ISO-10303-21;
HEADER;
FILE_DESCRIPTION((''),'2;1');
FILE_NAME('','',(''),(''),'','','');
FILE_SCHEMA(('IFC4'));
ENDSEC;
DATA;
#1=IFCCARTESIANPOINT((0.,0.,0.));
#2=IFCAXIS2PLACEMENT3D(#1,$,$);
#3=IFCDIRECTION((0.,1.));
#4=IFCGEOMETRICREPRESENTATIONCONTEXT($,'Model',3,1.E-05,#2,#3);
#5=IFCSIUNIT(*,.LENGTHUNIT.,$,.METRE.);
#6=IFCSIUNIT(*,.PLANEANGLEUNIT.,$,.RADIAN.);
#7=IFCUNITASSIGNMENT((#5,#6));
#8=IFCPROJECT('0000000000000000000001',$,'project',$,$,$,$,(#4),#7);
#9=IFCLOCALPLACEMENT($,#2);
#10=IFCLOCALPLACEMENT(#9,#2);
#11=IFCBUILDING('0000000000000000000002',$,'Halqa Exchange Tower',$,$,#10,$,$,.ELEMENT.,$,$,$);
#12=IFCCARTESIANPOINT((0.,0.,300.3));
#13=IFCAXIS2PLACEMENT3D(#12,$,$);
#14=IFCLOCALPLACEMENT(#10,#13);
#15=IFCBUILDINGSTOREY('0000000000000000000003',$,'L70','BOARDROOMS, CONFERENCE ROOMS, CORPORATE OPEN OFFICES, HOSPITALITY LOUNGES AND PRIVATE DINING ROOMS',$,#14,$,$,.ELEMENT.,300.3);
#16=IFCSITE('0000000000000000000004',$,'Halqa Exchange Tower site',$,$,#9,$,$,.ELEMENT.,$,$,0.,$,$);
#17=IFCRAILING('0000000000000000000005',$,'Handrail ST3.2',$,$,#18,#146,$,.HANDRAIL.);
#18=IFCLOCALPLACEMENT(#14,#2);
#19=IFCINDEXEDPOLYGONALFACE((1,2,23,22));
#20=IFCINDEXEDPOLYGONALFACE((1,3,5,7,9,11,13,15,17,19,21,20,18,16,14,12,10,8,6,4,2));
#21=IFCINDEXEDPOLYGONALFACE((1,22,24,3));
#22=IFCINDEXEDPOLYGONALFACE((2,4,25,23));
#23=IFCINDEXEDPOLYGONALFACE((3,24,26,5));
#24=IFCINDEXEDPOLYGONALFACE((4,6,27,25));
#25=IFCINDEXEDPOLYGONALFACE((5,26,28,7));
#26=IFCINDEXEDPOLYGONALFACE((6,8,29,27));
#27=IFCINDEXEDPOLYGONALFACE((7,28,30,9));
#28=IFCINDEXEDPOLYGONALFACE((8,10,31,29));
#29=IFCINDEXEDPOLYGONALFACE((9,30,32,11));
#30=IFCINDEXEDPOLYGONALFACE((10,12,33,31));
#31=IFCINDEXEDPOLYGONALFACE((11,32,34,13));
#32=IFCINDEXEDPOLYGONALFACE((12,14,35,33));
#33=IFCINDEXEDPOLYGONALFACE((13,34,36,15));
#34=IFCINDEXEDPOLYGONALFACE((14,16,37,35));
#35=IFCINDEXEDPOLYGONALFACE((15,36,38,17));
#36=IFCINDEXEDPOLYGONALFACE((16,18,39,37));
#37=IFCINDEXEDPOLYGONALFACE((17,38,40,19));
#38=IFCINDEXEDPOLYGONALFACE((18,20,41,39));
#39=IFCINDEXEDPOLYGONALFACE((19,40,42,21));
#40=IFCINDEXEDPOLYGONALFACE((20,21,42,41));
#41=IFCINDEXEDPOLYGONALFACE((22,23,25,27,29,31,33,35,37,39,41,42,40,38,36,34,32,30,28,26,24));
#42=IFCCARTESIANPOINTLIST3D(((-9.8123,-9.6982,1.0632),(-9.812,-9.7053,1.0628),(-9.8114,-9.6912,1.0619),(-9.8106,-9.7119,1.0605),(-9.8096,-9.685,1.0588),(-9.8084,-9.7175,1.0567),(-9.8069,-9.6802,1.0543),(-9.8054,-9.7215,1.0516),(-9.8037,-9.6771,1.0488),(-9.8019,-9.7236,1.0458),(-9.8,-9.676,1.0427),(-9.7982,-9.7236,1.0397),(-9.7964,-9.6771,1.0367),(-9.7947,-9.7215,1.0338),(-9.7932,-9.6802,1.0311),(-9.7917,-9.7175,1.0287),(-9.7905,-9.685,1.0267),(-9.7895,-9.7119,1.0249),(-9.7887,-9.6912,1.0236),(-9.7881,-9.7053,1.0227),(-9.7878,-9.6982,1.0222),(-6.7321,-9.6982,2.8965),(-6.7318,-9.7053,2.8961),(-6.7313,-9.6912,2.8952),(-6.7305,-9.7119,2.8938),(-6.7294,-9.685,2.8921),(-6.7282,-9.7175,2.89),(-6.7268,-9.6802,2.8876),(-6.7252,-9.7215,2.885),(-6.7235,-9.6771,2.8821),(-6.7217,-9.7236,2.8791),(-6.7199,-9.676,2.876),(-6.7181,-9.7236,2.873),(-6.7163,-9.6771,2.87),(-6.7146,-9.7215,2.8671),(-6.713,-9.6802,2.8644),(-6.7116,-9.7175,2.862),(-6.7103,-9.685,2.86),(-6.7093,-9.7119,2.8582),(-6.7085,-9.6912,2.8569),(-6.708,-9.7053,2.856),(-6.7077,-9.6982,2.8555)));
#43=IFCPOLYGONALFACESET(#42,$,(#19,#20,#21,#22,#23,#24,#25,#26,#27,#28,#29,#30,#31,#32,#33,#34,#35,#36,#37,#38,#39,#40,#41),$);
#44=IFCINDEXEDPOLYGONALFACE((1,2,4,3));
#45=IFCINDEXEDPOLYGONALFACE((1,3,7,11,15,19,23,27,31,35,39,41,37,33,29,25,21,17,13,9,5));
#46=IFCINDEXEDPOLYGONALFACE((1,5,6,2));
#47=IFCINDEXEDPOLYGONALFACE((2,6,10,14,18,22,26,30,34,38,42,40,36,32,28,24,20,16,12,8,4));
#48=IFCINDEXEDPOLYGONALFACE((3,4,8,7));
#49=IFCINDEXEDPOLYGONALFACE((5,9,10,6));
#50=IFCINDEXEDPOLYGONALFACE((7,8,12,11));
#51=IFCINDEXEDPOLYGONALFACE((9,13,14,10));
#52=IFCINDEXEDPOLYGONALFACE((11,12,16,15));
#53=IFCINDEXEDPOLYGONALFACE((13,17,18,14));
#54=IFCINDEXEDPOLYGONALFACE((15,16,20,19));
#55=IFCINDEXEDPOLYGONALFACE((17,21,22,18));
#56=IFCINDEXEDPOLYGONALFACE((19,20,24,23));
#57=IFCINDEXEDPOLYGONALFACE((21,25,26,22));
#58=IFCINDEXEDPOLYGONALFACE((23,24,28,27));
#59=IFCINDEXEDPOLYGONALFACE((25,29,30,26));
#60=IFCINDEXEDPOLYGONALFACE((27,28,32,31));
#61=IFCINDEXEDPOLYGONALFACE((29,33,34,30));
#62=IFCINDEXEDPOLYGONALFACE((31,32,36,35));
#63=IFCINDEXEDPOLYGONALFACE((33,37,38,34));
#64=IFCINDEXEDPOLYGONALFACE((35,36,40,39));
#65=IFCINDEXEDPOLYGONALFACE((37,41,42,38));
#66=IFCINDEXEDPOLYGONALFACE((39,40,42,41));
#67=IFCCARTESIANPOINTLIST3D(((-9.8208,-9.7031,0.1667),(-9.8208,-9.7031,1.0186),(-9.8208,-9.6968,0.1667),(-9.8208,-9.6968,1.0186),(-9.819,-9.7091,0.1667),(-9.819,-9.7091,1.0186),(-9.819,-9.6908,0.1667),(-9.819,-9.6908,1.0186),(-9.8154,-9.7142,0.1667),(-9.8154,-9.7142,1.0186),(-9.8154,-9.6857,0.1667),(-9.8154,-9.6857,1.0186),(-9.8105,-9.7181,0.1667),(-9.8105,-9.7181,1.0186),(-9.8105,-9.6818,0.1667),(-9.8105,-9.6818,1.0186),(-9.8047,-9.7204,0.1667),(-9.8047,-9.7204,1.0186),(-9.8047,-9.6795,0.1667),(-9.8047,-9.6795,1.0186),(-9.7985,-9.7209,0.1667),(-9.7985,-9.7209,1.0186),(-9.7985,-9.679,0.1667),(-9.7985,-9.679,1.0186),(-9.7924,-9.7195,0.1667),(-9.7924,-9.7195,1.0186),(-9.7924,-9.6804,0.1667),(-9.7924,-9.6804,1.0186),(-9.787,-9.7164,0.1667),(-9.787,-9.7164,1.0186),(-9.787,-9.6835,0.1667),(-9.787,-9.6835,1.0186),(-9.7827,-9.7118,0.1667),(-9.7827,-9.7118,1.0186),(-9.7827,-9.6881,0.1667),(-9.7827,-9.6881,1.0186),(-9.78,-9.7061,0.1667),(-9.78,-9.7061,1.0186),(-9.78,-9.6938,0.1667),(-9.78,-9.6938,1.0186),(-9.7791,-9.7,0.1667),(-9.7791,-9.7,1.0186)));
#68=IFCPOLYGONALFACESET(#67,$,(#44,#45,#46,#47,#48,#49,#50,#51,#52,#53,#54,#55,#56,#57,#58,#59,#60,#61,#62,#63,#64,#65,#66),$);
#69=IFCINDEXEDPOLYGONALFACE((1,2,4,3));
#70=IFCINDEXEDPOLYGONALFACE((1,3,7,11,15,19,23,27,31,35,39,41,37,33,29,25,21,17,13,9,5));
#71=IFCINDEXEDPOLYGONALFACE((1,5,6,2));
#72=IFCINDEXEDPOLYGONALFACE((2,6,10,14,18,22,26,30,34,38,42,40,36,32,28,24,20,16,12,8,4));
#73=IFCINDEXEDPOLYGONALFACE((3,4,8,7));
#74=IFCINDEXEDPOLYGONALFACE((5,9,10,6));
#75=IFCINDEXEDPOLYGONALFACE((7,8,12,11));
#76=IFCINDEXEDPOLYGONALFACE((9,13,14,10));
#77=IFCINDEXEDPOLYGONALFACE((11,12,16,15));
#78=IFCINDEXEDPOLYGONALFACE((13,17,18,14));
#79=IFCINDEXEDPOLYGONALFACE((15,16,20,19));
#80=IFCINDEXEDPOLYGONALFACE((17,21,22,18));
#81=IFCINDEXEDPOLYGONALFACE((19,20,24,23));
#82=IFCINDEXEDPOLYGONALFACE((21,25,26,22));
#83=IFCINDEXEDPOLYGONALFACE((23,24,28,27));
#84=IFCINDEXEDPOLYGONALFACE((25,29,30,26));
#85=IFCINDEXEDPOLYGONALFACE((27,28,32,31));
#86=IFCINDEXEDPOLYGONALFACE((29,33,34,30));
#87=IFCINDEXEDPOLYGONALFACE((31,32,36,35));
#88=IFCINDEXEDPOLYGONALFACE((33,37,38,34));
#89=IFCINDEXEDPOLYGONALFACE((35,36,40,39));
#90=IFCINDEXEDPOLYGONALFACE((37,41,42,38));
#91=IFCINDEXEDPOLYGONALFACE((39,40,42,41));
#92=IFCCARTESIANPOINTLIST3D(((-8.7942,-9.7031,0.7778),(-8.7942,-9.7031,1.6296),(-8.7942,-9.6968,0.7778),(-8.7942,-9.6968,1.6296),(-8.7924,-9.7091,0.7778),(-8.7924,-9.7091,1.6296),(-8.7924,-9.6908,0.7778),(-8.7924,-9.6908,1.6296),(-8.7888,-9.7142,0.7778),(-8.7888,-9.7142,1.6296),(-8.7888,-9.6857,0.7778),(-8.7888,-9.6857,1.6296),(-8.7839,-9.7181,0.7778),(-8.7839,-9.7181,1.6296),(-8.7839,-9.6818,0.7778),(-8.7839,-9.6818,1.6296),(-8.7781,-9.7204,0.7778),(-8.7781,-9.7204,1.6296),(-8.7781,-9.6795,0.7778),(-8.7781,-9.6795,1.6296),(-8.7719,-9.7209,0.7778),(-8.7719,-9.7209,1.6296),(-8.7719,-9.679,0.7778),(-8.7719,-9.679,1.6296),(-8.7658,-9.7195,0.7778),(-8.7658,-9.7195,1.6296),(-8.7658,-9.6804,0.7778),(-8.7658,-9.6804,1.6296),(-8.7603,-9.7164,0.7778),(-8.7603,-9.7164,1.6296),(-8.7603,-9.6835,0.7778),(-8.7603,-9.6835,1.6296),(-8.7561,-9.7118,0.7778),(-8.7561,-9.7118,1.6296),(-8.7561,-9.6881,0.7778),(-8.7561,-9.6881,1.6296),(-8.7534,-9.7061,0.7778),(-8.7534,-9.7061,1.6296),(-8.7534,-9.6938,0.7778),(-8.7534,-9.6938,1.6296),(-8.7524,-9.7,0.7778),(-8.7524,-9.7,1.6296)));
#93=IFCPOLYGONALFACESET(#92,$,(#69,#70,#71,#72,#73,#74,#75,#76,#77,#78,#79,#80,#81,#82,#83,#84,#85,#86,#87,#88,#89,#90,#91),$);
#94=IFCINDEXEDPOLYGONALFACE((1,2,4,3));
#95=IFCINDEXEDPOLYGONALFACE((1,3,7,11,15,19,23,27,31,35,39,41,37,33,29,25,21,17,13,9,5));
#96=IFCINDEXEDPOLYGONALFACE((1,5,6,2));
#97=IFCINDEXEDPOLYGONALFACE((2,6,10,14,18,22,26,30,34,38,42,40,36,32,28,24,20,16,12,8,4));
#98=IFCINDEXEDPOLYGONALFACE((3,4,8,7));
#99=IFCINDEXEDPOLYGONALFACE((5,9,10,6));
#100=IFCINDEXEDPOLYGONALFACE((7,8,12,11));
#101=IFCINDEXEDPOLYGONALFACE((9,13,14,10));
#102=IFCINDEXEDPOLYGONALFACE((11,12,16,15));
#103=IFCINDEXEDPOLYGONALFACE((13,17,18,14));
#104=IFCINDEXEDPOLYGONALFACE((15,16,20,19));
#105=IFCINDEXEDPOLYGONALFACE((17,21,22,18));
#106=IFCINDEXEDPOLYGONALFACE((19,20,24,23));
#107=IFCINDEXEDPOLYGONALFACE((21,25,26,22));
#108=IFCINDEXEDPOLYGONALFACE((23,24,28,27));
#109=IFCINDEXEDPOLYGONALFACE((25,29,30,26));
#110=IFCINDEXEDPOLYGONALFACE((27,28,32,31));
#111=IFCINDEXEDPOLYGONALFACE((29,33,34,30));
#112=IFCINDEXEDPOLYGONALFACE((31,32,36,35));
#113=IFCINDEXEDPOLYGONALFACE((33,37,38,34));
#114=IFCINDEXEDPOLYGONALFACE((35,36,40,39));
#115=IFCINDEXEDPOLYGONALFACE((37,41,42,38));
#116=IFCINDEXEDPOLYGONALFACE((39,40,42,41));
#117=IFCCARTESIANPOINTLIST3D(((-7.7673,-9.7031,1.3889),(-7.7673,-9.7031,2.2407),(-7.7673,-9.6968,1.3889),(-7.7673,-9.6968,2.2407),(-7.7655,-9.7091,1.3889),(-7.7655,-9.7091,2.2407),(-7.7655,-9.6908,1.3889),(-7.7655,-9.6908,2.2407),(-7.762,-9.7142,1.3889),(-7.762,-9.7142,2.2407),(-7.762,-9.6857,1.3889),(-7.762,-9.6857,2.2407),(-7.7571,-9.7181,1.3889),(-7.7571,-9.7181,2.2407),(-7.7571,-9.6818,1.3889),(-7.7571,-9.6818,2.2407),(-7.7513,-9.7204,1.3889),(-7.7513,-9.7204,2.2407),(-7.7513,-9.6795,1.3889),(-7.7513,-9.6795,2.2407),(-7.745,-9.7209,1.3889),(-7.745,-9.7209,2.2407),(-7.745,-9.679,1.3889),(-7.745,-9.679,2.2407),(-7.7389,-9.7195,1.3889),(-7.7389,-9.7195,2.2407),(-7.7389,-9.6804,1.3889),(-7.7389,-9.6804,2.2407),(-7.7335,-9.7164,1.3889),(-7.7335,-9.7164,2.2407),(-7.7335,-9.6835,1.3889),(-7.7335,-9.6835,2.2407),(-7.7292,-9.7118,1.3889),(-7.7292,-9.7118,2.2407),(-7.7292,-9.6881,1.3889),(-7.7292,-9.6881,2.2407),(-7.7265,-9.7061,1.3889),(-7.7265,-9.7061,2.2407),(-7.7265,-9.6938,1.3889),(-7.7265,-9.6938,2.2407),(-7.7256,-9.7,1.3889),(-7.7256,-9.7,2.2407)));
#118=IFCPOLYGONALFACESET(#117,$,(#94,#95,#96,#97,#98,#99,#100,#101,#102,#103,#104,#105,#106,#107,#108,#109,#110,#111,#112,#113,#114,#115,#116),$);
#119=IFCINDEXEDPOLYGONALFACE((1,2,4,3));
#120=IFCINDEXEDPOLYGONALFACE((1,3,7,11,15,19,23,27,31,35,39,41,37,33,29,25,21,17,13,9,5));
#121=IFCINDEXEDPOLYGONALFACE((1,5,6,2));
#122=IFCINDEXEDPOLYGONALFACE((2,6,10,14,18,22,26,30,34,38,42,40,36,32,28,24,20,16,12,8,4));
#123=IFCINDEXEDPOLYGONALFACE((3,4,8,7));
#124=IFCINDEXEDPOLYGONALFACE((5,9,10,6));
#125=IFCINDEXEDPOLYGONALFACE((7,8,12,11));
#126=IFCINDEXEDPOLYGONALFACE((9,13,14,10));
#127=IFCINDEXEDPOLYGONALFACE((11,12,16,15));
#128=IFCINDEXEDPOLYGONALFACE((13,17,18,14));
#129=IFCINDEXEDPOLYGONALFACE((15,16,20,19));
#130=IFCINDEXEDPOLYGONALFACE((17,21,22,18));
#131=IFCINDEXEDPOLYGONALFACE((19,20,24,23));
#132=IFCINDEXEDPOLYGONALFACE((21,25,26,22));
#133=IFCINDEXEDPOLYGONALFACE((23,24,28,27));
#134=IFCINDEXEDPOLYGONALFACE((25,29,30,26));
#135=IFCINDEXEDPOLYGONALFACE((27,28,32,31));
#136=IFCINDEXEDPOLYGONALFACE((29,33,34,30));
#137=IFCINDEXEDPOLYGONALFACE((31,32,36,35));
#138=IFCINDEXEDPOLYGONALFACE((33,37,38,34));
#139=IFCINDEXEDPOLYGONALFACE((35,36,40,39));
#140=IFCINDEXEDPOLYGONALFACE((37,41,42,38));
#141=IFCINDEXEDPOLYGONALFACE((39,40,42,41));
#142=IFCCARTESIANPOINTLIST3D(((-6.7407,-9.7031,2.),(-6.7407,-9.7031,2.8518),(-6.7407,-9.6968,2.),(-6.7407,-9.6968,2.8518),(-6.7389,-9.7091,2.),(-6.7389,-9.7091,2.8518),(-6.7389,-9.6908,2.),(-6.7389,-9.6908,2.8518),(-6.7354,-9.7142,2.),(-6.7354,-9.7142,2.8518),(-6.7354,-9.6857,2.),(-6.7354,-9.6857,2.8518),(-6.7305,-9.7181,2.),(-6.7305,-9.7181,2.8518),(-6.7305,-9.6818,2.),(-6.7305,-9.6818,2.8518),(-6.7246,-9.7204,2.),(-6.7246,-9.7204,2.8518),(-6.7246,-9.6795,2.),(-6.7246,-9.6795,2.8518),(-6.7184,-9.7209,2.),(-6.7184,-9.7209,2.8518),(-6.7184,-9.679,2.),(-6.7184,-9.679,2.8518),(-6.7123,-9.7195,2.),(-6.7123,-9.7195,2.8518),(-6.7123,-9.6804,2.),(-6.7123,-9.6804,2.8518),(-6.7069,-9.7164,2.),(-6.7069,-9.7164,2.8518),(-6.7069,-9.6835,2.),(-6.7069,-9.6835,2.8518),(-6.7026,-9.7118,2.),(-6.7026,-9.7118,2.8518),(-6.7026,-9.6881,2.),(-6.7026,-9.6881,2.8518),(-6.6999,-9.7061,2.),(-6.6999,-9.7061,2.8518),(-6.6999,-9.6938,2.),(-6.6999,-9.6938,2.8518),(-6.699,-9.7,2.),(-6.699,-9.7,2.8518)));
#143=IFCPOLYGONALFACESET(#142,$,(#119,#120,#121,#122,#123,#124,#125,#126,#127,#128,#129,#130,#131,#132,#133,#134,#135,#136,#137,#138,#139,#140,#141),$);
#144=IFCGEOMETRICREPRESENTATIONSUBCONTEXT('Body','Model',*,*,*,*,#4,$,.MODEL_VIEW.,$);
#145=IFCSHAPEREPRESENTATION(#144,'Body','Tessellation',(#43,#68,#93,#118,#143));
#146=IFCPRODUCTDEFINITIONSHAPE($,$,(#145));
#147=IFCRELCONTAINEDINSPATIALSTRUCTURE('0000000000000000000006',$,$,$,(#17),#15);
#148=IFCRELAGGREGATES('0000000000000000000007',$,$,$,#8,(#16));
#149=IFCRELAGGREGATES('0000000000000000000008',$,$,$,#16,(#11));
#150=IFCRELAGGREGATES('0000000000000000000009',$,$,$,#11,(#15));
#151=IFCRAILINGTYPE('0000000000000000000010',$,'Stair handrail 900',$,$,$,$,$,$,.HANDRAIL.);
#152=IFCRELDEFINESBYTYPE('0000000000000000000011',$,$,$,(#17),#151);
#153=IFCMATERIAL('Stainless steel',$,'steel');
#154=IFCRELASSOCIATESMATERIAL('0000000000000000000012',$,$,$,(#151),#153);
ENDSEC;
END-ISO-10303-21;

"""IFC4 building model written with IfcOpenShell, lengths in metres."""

from ifc_helpers import new_model, si_unit, direction, frame, origin, origin_2d, place, context, subcontext, project, spatial, circle, extrude, material, type_object, element, save


model = new_model("IFC4")

# Units and contexts
model_context = context("Model", 3, precision=1e-05, world=origin(), true_north=direction((0.0, 1.0)))
body_context = subcontext(model_context, "Body", "Model", "MODEL_VIEW")
ifc_project = project(units=[si_unit("LENGTHUNIT", "METRE"), si_unit("PLANEANGLEUNIT", "RADIAN")], contexts=[model_context])

# Site, building, storey
site_placement = place(None, origin())
site = spatial("IfcSite", under=ifc_project, at=site_placement, Name="Halqa Exchange Tower site", CompositionType="ELEMENT", RefElevation=0.0)
building_placement = place(site_placement, origin())
building = spatial("IfcBuilding", under=site, at=building_placement, Name="Halqa Exchange Tower", CompositionType="ELEMENT")
storey_placement = place(building_placement, frame((0.0, 0.0, 300.3)))
storey = spatial("IfcBuildingStorey", under=building, at=storey_placement, Name="L70", Description="BOARDROOMS, CONFERENCE ROOMS, CORPORATE OPEN OFFICES, HOSPITALITY LOUNGES AND PRIVATE DINING ROOMS", CompositionType="ELEMENT", Elevation=300.3)

# Shared definitions
ifc_material_1 = material(Name="Stainless steel", Category="steel")

# Railing
railing_type_1 = type_object("IfcRailingType", Name="Stair handrail 900", PredefinedType="HANDRAIL", material=ifc_material_1)
railing_1_placement = place(storey_placement, frame((-9.8, -9.7, 0.1667)))
element("IfcRailing", 1, at=railing_1_placement, inside=storey, type_object=railing_type_1, Name="Handrail ST3.2", PredefinedType="HANDRAIL", context=body_context, shape_type="SweptSolid", body=[
    extrude(circle(Radius=0.0239, at=origin_2d()), frame((0.0, 0.0, 0.876), z_axis=(0.859309, 0.0, 0.511458), x_axis=(0.0, 1.0, 0.0)), (0.0, 0.0, 1.0), 3.5845),
    extrude(circle(Radius=0.021, at=origin_2d()), origin(), (0.0, 0.0, 1.0), 0.8518),
    extrude(circle(Radius=0.021, at=origin_2d()), frame((1.0266, 0.0, 0.6111)), (0.0, 0.0, 1.0), 0.8518),
    extrude(circle(Radius=0.021, at=origin_2d()), frame((2.0535, 0.0, 1.2222)), (0.0, 0.0, 1.0), 0.8518),
    extrude(circle(Radius=0.021, at=origin_2d()), frame((3.0801, 0.0, 1.8333)), (0.0, 0.0, 1.0), 0.8518),
])

save(model, "model.ifc")
